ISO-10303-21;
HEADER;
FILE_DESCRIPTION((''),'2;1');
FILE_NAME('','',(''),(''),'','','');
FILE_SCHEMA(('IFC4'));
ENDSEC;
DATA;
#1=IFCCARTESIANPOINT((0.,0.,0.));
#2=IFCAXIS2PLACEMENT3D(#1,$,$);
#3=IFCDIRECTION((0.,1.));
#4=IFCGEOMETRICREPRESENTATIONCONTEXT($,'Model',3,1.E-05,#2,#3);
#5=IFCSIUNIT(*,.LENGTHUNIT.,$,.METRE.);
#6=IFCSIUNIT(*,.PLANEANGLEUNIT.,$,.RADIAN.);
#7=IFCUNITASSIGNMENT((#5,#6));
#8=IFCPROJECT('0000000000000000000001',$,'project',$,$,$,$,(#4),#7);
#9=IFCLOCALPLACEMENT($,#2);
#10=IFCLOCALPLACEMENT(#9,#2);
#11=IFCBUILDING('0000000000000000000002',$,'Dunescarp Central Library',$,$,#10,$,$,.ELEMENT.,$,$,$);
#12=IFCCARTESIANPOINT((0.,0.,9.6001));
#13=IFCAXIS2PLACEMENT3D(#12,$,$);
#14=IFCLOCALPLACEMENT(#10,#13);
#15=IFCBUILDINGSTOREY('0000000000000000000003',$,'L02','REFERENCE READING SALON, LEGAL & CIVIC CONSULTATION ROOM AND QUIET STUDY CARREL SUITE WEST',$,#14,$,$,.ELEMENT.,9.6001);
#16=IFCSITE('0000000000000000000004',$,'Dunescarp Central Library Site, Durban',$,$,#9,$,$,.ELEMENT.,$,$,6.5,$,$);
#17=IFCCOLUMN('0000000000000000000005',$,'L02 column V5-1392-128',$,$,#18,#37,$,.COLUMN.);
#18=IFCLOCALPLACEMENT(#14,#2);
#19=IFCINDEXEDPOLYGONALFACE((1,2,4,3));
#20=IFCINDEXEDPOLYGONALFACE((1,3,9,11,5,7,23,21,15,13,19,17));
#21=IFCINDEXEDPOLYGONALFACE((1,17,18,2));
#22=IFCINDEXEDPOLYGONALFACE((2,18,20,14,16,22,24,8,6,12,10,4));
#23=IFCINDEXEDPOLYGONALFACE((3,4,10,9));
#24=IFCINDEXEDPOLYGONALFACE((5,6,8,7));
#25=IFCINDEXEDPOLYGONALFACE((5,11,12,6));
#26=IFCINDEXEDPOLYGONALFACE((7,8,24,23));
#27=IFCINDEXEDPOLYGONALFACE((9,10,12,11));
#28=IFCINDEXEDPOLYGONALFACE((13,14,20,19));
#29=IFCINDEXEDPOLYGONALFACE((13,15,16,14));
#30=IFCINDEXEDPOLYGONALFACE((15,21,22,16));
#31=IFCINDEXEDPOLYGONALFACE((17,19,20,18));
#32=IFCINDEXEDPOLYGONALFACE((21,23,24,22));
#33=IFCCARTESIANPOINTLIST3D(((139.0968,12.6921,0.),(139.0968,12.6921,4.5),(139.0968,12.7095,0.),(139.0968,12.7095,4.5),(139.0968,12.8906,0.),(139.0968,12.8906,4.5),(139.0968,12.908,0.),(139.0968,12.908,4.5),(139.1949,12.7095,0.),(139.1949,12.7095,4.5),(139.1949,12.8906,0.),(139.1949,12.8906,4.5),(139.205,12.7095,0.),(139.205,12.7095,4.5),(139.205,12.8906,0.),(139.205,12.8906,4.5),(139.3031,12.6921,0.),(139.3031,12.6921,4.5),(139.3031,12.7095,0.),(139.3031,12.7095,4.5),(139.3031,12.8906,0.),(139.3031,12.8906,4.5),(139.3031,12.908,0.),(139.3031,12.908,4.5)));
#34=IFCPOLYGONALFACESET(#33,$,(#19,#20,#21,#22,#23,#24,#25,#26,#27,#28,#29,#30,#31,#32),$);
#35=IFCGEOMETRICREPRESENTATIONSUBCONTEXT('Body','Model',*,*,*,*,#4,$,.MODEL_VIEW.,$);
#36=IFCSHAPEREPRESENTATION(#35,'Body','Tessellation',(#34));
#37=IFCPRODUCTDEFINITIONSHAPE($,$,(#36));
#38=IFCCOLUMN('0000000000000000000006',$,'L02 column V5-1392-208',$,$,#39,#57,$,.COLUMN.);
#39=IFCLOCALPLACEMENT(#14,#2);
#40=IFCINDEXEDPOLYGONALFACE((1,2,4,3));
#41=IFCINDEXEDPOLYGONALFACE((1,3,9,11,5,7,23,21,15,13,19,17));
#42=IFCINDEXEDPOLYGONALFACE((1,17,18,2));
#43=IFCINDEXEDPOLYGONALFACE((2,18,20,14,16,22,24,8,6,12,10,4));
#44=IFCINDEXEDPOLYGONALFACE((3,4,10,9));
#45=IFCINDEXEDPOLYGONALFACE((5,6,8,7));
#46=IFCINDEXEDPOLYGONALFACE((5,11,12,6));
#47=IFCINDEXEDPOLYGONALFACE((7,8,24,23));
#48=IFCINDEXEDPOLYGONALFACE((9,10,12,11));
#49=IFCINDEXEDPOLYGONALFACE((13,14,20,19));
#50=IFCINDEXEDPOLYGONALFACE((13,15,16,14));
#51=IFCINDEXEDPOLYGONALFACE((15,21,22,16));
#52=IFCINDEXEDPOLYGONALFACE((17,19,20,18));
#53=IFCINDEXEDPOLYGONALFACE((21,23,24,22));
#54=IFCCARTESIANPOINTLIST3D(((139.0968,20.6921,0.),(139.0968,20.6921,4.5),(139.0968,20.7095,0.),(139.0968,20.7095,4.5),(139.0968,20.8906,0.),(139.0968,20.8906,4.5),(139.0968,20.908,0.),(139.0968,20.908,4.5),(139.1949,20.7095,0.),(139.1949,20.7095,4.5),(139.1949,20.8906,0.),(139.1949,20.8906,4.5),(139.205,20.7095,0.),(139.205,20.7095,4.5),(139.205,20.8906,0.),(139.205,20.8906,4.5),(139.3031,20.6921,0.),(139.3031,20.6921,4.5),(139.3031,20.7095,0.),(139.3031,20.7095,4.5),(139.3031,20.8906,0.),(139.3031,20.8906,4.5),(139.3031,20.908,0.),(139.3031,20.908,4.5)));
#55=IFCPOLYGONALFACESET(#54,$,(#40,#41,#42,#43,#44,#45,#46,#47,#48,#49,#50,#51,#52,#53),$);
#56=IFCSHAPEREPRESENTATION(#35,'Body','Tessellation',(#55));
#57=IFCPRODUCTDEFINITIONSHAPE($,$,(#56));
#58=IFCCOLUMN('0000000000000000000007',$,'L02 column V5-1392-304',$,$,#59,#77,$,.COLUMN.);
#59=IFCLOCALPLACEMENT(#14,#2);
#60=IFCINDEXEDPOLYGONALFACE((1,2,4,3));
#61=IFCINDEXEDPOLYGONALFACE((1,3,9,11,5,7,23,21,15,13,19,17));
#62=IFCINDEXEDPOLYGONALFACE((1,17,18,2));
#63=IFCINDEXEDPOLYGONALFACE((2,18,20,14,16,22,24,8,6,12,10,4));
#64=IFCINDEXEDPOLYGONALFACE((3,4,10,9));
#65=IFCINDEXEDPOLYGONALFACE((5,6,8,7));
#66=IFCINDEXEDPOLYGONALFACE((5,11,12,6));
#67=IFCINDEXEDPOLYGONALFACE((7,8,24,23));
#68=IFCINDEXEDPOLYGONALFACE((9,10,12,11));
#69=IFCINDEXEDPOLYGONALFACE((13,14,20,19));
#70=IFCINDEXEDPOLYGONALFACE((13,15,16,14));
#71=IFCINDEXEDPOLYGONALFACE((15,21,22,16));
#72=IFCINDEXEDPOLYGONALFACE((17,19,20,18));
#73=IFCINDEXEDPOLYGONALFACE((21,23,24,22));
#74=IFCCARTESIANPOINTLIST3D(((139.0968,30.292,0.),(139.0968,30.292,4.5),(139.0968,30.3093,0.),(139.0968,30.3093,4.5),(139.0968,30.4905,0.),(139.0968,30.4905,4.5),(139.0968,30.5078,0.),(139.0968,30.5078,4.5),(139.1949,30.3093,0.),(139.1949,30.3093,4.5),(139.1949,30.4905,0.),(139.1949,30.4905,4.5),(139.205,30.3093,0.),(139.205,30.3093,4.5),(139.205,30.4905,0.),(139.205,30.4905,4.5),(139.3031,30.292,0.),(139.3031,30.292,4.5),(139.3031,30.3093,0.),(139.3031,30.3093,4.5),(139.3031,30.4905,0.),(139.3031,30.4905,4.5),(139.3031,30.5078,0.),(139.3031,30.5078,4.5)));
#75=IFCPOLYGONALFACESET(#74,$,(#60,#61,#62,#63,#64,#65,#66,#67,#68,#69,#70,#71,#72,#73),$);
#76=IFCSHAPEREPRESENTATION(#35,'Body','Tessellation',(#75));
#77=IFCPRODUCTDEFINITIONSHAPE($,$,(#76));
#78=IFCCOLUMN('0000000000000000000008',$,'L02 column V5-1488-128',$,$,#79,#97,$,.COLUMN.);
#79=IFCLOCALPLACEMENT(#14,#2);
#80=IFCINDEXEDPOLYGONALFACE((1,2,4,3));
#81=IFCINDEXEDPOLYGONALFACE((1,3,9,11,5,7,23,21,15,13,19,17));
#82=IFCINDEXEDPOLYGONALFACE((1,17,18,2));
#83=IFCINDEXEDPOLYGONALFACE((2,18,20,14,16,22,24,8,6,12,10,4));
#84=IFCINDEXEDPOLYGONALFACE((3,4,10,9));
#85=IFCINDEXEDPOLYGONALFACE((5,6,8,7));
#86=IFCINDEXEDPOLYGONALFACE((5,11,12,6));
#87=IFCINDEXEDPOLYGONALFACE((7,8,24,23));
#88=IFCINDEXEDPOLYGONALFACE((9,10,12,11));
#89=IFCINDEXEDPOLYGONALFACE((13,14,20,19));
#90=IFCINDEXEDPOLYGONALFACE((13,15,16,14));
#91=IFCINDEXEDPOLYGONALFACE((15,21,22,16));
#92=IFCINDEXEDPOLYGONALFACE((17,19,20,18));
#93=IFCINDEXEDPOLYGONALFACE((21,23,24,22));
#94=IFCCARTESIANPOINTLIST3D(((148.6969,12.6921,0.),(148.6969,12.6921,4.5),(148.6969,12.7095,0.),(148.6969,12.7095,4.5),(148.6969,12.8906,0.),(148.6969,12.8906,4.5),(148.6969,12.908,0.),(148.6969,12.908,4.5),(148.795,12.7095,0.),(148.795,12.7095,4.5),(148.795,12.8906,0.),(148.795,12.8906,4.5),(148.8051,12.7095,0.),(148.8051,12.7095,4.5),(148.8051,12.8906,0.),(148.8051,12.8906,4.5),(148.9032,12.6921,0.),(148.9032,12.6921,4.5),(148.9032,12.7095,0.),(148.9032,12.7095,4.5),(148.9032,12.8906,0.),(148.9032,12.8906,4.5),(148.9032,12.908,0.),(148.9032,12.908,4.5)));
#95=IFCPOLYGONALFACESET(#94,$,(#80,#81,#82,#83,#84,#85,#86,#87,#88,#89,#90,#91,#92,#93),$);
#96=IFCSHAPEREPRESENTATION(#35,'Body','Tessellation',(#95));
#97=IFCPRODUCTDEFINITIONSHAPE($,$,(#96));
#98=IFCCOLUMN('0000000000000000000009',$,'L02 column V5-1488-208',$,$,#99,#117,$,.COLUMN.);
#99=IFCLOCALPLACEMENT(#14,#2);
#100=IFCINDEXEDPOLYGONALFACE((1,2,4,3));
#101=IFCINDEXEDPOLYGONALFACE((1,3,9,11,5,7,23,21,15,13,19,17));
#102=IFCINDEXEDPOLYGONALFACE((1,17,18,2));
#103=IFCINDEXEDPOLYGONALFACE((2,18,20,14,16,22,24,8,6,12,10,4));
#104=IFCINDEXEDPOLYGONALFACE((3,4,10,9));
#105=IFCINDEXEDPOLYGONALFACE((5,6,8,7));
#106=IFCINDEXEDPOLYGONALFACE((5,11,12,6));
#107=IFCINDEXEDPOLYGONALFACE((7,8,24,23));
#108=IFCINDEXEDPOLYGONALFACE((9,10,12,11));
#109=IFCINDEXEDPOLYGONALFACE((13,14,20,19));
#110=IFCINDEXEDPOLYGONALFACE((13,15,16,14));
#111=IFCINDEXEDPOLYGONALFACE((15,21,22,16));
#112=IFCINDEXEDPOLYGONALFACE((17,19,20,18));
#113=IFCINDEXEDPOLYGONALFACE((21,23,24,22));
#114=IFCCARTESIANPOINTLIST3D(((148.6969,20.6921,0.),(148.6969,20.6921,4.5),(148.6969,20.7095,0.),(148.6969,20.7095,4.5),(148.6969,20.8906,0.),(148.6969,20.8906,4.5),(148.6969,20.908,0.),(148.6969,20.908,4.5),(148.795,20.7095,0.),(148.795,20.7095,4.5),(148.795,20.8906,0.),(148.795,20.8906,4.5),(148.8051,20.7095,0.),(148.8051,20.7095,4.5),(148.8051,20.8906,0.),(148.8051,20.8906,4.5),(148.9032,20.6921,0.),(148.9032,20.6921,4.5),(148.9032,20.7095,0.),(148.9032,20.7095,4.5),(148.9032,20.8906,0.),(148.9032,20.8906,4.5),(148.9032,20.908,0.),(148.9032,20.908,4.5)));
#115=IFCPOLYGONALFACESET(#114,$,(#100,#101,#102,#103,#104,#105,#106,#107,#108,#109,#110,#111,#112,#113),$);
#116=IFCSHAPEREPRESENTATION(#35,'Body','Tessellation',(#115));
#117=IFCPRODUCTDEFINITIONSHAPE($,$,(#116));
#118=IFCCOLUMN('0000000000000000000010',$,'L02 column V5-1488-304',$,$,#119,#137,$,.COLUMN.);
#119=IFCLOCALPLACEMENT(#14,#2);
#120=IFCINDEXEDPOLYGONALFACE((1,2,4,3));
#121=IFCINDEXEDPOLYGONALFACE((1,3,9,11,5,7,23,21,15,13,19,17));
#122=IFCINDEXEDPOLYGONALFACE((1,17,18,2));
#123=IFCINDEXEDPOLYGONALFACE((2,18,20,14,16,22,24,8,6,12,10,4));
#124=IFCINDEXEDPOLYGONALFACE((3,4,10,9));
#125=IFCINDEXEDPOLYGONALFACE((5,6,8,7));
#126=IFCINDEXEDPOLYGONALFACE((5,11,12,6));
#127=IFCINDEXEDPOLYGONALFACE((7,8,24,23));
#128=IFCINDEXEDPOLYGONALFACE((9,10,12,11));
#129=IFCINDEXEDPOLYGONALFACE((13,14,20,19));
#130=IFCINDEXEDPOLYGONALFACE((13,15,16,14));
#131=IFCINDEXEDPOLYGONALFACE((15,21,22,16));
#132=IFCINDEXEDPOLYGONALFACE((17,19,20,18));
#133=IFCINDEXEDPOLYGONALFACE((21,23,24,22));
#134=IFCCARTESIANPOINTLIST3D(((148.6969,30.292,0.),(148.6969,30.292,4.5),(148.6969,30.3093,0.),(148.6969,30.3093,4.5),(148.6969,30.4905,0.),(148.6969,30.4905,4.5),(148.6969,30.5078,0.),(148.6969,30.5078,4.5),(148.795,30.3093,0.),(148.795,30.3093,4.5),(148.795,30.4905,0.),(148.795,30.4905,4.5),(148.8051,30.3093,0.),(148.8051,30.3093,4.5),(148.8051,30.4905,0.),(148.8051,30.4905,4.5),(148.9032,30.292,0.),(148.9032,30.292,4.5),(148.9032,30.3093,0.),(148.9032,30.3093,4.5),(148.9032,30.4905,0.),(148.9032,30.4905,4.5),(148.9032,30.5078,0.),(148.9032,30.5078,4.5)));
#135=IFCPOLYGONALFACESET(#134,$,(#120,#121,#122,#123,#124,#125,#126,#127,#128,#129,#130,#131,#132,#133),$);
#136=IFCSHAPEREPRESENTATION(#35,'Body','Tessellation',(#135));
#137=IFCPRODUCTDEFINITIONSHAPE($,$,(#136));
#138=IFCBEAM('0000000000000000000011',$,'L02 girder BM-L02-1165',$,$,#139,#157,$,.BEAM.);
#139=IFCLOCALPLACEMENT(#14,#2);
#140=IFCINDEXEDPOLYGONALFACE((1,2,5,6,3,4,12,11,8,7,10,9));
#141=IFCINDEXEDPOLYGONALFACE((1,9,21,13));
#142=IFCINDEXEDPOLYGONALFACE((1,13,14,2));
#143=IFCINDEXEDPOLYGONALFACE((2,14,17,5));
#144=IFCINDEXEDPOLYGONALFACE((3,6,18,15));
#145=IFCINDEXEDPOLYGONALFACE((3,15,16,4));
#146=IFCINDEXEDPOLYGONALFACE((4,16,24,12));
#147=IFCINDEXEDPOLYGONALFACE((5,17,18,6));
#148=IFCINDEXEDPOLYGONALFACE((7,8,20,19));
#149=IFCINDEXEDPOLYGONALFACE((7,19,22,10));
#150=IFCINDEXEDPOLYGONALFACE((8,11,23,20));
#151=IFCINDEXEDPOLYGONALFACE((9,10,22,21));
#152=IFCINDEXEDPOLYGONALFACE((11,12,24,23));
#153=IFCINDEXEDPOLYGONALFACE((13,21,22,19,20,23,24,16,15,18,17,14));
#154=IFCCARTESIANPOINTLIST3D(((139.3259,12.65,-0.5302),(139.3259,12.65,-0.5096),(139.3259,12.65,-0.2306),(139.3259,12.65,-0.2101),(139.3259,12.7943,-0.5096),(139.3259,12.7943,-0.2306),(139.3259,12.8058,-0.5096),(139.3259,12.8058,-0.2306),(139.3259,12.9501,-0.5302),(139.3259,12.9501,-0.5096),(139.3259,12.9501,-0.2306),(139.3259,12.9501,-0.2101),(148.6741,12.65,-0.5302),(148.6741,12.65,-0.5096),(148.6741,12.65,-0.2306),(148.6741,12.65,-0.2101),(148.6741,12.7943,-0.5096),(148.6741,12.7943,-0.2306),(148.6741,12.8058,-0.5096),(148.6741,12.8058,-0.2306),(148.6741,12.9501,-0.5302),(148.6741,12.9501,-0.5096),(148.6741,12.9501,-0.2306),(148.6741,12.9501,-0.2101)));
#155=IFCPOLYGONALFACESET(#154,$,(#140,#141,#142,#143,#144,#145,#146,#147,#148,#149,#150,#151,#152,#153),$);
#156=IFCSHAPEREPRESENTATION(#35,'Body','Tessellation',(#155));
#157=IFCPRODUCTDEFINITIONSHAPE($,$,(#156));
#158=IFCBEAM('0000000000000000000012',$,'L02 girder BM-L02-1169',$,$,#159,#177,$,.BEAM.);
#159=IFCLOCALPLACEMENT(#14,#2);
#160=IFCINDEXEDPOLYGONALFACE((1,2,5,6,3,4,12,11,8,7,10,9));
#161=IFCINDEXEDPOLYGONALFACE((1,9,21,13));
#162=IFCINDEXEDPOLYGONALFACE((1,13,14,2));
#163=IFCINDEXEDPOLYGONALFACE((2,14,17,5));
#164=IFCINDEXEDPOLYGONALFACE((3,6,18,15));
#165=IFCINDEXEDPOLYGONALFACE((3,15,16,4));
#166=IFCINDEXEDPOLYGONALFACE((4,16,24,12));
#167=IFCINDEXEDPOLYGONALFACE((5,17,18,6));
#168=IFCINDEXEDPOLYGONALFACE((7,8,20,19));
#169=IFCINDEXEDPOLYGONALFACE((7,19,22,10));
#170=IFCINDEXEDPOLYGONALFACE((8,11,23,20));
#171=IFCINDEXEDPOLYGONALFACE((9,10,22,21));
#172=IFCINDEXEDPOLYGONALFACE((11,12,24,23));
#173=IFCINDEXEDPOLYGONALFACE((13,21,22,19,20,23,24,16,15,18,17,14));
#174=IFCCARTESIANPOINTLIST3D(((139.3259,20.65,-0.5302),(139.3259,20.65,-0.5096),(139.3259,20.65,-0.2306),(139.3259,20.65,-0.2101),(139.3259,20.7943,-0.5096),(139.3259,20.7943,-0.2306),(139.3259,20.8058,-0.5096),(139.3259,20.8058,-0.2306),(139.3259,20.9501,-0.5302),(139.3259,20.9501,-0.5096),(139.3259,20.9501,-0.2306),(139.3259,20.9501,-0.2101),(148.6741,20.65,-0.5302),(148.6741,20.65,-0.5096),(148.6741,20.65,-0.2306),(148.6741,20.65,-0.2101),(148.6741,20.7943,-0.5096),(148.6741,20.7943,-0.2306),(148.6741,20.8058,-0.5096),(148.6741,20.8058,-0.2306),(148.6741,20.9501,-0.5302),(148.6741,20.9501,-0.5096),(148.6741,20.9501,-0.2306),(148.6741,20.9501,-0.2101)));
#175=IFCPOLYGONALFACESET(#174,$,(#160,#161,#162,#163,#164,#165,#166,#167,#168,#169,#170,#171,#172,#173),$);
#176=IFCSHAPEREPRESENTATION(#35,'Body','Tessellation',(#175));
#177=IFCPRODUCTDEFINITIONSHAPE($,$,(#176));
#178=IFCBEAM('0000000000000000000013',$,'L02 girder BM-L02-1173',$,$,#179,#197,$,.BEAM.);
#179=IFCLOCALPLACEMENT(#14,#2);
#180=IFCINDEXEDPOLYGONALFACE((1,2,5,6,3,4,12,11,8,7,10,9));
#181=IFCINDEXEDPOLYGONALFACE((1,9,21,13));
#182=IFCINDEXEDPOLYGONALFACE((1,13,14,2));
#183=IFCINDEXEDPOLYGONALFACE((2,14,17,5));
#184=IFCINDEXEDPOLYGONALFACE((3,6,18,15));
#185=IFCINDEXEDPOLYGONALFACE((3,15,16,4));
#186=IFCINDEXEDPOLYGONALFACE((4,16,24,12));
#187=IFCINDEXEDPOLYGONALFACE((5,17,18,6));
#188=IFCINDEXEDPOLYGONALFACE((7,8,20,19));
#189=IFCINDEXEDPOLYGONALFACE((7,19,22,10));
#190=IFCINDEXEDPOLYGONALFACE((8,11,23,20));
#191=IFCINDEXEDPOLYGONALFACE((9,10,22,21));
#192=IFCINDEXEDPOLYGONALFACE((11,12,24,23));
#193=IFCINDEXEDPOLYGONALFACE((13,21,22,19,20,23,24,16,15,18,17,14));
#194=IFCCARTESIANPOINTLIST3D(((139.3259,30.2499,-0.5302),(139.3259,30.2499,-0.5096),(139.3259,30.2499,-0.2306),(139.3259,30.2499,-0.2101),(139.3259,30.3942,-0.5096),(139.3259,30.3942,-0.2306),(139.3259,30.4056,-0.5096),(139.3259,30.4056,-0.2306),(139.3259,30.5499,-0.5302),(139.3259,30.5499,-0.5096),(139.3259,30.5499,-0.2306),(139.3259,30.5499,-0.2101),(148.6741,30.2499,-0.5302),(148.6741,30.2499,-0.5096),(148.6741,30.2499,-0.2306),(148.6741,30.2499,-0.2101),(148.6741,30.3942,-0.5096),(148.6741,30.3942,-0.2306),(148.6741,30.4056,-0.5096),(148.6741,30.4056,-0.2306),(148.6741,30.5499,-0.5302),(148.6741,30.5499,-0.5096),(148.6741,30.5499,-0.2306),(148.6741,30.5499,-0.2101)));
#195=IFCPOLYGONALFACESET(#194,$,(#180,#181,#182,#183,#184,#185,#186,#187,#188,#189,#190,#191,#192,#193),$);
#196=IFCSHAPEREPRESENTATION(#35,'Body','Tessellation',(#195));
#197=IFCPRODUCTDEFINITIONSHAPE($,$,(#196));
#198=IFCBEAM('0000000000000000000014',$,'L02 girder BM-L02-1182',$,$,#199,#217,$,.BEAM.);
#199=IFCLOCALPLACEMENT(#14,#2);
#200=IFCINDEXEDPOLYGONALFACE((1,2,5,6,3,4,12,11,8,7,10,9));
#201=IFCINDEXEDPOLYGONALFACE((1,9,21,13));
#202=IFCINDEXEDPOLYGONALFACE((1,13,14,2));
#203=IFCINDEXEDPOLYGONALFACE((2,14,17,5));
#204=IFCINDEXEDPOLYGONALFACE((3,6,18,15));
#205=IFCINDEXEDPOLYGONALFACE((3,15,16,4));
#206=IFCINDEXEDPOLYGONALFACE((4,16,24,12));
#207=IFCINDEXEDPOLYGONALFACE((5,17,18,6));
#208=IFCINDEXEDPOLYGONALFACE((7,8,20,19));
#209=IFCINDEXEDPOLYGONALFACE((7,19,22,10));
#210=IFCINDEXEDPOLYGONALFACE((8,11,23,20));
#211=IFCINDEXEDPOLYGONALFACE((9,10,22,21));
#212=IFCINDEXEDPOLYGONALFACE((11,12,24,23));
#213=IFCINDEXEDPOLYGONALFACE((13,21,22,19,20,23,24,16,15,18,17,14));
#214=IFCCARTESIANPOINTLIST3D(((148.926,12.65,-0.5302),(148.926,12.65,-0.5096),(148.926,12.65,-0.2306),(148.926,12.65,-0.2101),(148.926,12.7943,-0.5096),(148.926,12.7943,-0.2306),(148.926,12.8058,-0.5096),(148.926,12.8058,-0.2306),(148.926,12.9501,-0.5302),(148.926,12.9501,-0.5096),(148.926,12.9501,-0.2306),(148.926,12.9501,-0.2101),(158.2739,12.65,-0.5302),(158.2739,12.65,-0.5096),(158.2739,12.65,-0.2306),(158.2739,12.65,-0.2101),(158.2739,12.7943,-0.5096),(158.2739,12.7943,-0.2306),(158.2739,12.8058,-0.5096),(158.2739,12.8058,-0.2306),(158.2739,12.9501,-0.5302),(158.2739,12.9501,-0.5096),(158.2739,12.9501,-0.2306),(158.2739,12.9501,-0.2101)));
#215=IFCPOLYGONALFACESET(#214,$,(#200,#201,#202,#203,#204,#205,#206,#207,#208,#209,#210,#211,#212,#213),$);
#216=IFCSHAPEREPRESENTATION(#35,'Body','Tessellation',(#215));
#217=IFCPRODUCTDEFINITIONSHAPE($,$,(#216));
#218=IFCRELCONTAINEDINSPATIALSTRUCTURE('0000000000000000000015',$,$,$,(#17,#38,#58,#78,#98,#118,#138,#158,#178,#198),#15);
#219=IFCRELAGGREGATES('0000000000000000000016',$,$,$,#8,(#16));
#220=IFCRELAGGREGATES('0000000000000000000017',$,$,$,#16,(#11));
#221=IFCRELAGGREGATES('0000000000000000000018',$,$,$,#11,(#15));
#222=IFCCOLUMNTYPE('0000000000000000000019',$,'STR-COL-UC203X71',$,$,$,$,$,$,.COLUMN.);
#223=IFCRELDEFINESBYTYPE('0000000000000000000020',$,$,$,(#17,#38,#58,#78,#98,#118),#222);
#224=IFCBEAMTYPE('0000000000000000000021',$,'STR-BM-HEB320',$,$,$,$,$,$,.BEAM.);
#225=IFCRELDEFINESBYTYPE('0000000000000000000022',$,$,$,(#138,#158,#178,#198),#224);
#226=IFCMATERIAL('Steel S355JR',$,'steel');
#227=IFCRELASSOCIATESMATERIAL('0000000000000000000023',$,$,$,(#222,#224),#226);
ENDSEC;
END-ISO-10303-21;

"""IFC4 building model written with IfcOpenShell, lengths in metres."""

from ifc_helpers import new_model, si_unit, direction, frame, origin, origin_2d, place, context, subcontext, project, spatial, i_section, extrude, material, material_profile, profile_set, type_object, element, save


model = new_model("IFC4")

# Units and contexts
model_context = context("Model", 3, precision=1e-05, world=origin(), true_north=direction((0.0, 1.0)))
body_context = subcontext(model_context, "Body", "Model", "MODEL_VIEW")
ifc_project = project(units=[si_unit("LENGTHUNIT", "METRE"), si_unit("PLANEANGLEUNIT", "RADIAN")], contexts=[model_context])

# Site, building, storey
site_placement = place(None, origin())
site = spatial("IfcSite", under=ifc_project, at=site_placement, Name="Dunescarp Central Library Site, Durban", CompositionType="ELEMENT", RefElevation=6.5)
building_placement = place(site_placement, origin())
building = spatial("IfcBuilding", under=site, at=building_placement, Name="Dunescarp Central Library", CompositionType="ELEMENT")
storey_placement = place(building_placement, frame((0.0, 0.0, 9.6001)))
storey = spatial("IfcBuildingStorey", under=building, at=storey_placement, Name="L02", Description="REFERENCE READING SALON, LEGAL & CIVIC CONSULTATION ROOM AND QUIET STUDY CARREL SUITE WEST", CompositionType="ELEMENT", Elevation=9.6001)

# Columns
ifc_material_1 = material(Name="Steel S355JR", Category="steel")
ifc_material_profile_1 = material_profile(ifc_material_1, i_section(OverallWidth=0.2063, OverallDepth=0.2158, WebThickness=0.01, FlangeThickness=0.0173, at=origin_2d()), Name="UC 203x203x71")
ifc_profile_set_1 = profile_set([ifc_material_profile_1], Name="Steel S355JR")
column_type = type_object("IfcColumnType", Name="STR-COL-UC203X71", PredefinedType="COLUMN", material=ifc_profile_set_1)
for number, where, z_axis, x_axis, name in (
    (1, (139.2, 12.8, 0.0), (0.0, 0.0, 1.0), (1.0, 0.0, 0.0), "L02 column V5-1392-128"),
    (2, (139.2, 20.8, 0.0), (0.0, 0.0, 1.0), (1.0, 0.0, 0.0), "L02 column V5-1392-208"),
    (3, (139.2, 30.3999, 0.0), (0.0, 0.0, 1.0), (1.0, 0.0, 0.0), "L02 column V5-1392-304"),
    (4, (148.8, 12.8, 0.0), (0.0, 0.0, 1.0), (1.0, 0.0, 0.0), "L02 column V5-1488-128"),
    (5, (148.8, 20.8, 0.0), (0.0, 0.0, 1.0), (1.0, 0.0, 0.0), "L02 column V5-1488-208"),
    (6, (148.8, 30.3999, 0.0), (0.0, 0.0, 1.0), (1.0, 0.0, 0.0), "L02 column V5-1488-304"),
):
    element("IfcColumn", number, at=place(storey_placement, frame(where, z_axis=z_axis, x_axis=x_axis)), inside=storey, type_object=column_type, Name=name, PredefinedType="COLUMN", context=body_context, shape_type="SweptSolid", body=[
        extrude(i_section(OverallWidth=0.2063, OverallDepth=0.2158, WebThickness=0.01, FlangeThickness=0.0173, at=origin_2d()), origin(), (0.0, 0.0, 1.0), 4.5),
    ])

# Beams
ifc_material_profile_2 = material_profile(ifc_material_1, i_section(OverallWidth=0.3, OverallDepth=0.3201, WebThickness=0.0115, FlangeThickness=0.0205, at=origin_2d()), Name="HEB 320")
ifc_profile_set_2 = profile_set([ifc_material_profile_2], Name="Steel S355JR")
beam_type_1 = type_object("IfcBeamType", Name="STR-BM-HEB320", PredefinedType="BEAM", material=ifc_profile_set_2)
for number, where, z_axis, x_axis, name in (
    (7, (139.3259, 12.8, -0.3701), (1.0, 0.0, 0.0), (0.0, 1.0, 0.0), "L02 girder BM-L02-1165"),
    (8, (139.3259, 20.8, -0.3701), (1.0, 0.0, 0.0), (0.0, 1.0, 0.0), "L02 girder BM-L02-1169"),
    (9, (139.3259, 30.3999, -0.3701), (1.0, 0.0, 0.0), (0.0, 1.0, 0.0), "L02 girder BM-L02-1173"),
):
    element("IfcBeam", number, at=place(storey_placement, frame(where, z_axis=z_axis, x_axis=x_axis)), inside=storey, type_object=beam_type_1, Name=name, PredefinedType="BEAM", context=body_context, shape_type="SweptSolid", body=[
        extrude(i_section(OverallWidth=0.3, OverallDepth=0.3201, WebThickness=0.0115, FlangeThickness=0.0205, at=origin_2d()), origin(), (0.0, 0.0, 1.0), 9.3481),
    ])
for number, where, z_axis, x_axis, name in (
    (10, (148.926, 12.8, -0.3701), (1.0, 0.0, 0.0), (0.0, 1.0, 0.0), "L02 girder BM-L02-1182"),
):
    element("IfcBeam", number, at=place(storey_placement, frame(where, z_axis=z_axis, x_axis=x_axis)), inside=storey, type_object=beam_type_1, Name=name, PredefinedType="BEAM", context=body_context, shape_type="SweptSolid", body=[
        extrude(i_section(OverallWidth=0.3, OverallDepth=0.3201, WebThickness=0.0115, FlangeThickness=0.0205, at=origin_2d()), origin(), (0.0, 0.0, 1.0), 9.3479),
    ])

save(model, "model.ifc")
